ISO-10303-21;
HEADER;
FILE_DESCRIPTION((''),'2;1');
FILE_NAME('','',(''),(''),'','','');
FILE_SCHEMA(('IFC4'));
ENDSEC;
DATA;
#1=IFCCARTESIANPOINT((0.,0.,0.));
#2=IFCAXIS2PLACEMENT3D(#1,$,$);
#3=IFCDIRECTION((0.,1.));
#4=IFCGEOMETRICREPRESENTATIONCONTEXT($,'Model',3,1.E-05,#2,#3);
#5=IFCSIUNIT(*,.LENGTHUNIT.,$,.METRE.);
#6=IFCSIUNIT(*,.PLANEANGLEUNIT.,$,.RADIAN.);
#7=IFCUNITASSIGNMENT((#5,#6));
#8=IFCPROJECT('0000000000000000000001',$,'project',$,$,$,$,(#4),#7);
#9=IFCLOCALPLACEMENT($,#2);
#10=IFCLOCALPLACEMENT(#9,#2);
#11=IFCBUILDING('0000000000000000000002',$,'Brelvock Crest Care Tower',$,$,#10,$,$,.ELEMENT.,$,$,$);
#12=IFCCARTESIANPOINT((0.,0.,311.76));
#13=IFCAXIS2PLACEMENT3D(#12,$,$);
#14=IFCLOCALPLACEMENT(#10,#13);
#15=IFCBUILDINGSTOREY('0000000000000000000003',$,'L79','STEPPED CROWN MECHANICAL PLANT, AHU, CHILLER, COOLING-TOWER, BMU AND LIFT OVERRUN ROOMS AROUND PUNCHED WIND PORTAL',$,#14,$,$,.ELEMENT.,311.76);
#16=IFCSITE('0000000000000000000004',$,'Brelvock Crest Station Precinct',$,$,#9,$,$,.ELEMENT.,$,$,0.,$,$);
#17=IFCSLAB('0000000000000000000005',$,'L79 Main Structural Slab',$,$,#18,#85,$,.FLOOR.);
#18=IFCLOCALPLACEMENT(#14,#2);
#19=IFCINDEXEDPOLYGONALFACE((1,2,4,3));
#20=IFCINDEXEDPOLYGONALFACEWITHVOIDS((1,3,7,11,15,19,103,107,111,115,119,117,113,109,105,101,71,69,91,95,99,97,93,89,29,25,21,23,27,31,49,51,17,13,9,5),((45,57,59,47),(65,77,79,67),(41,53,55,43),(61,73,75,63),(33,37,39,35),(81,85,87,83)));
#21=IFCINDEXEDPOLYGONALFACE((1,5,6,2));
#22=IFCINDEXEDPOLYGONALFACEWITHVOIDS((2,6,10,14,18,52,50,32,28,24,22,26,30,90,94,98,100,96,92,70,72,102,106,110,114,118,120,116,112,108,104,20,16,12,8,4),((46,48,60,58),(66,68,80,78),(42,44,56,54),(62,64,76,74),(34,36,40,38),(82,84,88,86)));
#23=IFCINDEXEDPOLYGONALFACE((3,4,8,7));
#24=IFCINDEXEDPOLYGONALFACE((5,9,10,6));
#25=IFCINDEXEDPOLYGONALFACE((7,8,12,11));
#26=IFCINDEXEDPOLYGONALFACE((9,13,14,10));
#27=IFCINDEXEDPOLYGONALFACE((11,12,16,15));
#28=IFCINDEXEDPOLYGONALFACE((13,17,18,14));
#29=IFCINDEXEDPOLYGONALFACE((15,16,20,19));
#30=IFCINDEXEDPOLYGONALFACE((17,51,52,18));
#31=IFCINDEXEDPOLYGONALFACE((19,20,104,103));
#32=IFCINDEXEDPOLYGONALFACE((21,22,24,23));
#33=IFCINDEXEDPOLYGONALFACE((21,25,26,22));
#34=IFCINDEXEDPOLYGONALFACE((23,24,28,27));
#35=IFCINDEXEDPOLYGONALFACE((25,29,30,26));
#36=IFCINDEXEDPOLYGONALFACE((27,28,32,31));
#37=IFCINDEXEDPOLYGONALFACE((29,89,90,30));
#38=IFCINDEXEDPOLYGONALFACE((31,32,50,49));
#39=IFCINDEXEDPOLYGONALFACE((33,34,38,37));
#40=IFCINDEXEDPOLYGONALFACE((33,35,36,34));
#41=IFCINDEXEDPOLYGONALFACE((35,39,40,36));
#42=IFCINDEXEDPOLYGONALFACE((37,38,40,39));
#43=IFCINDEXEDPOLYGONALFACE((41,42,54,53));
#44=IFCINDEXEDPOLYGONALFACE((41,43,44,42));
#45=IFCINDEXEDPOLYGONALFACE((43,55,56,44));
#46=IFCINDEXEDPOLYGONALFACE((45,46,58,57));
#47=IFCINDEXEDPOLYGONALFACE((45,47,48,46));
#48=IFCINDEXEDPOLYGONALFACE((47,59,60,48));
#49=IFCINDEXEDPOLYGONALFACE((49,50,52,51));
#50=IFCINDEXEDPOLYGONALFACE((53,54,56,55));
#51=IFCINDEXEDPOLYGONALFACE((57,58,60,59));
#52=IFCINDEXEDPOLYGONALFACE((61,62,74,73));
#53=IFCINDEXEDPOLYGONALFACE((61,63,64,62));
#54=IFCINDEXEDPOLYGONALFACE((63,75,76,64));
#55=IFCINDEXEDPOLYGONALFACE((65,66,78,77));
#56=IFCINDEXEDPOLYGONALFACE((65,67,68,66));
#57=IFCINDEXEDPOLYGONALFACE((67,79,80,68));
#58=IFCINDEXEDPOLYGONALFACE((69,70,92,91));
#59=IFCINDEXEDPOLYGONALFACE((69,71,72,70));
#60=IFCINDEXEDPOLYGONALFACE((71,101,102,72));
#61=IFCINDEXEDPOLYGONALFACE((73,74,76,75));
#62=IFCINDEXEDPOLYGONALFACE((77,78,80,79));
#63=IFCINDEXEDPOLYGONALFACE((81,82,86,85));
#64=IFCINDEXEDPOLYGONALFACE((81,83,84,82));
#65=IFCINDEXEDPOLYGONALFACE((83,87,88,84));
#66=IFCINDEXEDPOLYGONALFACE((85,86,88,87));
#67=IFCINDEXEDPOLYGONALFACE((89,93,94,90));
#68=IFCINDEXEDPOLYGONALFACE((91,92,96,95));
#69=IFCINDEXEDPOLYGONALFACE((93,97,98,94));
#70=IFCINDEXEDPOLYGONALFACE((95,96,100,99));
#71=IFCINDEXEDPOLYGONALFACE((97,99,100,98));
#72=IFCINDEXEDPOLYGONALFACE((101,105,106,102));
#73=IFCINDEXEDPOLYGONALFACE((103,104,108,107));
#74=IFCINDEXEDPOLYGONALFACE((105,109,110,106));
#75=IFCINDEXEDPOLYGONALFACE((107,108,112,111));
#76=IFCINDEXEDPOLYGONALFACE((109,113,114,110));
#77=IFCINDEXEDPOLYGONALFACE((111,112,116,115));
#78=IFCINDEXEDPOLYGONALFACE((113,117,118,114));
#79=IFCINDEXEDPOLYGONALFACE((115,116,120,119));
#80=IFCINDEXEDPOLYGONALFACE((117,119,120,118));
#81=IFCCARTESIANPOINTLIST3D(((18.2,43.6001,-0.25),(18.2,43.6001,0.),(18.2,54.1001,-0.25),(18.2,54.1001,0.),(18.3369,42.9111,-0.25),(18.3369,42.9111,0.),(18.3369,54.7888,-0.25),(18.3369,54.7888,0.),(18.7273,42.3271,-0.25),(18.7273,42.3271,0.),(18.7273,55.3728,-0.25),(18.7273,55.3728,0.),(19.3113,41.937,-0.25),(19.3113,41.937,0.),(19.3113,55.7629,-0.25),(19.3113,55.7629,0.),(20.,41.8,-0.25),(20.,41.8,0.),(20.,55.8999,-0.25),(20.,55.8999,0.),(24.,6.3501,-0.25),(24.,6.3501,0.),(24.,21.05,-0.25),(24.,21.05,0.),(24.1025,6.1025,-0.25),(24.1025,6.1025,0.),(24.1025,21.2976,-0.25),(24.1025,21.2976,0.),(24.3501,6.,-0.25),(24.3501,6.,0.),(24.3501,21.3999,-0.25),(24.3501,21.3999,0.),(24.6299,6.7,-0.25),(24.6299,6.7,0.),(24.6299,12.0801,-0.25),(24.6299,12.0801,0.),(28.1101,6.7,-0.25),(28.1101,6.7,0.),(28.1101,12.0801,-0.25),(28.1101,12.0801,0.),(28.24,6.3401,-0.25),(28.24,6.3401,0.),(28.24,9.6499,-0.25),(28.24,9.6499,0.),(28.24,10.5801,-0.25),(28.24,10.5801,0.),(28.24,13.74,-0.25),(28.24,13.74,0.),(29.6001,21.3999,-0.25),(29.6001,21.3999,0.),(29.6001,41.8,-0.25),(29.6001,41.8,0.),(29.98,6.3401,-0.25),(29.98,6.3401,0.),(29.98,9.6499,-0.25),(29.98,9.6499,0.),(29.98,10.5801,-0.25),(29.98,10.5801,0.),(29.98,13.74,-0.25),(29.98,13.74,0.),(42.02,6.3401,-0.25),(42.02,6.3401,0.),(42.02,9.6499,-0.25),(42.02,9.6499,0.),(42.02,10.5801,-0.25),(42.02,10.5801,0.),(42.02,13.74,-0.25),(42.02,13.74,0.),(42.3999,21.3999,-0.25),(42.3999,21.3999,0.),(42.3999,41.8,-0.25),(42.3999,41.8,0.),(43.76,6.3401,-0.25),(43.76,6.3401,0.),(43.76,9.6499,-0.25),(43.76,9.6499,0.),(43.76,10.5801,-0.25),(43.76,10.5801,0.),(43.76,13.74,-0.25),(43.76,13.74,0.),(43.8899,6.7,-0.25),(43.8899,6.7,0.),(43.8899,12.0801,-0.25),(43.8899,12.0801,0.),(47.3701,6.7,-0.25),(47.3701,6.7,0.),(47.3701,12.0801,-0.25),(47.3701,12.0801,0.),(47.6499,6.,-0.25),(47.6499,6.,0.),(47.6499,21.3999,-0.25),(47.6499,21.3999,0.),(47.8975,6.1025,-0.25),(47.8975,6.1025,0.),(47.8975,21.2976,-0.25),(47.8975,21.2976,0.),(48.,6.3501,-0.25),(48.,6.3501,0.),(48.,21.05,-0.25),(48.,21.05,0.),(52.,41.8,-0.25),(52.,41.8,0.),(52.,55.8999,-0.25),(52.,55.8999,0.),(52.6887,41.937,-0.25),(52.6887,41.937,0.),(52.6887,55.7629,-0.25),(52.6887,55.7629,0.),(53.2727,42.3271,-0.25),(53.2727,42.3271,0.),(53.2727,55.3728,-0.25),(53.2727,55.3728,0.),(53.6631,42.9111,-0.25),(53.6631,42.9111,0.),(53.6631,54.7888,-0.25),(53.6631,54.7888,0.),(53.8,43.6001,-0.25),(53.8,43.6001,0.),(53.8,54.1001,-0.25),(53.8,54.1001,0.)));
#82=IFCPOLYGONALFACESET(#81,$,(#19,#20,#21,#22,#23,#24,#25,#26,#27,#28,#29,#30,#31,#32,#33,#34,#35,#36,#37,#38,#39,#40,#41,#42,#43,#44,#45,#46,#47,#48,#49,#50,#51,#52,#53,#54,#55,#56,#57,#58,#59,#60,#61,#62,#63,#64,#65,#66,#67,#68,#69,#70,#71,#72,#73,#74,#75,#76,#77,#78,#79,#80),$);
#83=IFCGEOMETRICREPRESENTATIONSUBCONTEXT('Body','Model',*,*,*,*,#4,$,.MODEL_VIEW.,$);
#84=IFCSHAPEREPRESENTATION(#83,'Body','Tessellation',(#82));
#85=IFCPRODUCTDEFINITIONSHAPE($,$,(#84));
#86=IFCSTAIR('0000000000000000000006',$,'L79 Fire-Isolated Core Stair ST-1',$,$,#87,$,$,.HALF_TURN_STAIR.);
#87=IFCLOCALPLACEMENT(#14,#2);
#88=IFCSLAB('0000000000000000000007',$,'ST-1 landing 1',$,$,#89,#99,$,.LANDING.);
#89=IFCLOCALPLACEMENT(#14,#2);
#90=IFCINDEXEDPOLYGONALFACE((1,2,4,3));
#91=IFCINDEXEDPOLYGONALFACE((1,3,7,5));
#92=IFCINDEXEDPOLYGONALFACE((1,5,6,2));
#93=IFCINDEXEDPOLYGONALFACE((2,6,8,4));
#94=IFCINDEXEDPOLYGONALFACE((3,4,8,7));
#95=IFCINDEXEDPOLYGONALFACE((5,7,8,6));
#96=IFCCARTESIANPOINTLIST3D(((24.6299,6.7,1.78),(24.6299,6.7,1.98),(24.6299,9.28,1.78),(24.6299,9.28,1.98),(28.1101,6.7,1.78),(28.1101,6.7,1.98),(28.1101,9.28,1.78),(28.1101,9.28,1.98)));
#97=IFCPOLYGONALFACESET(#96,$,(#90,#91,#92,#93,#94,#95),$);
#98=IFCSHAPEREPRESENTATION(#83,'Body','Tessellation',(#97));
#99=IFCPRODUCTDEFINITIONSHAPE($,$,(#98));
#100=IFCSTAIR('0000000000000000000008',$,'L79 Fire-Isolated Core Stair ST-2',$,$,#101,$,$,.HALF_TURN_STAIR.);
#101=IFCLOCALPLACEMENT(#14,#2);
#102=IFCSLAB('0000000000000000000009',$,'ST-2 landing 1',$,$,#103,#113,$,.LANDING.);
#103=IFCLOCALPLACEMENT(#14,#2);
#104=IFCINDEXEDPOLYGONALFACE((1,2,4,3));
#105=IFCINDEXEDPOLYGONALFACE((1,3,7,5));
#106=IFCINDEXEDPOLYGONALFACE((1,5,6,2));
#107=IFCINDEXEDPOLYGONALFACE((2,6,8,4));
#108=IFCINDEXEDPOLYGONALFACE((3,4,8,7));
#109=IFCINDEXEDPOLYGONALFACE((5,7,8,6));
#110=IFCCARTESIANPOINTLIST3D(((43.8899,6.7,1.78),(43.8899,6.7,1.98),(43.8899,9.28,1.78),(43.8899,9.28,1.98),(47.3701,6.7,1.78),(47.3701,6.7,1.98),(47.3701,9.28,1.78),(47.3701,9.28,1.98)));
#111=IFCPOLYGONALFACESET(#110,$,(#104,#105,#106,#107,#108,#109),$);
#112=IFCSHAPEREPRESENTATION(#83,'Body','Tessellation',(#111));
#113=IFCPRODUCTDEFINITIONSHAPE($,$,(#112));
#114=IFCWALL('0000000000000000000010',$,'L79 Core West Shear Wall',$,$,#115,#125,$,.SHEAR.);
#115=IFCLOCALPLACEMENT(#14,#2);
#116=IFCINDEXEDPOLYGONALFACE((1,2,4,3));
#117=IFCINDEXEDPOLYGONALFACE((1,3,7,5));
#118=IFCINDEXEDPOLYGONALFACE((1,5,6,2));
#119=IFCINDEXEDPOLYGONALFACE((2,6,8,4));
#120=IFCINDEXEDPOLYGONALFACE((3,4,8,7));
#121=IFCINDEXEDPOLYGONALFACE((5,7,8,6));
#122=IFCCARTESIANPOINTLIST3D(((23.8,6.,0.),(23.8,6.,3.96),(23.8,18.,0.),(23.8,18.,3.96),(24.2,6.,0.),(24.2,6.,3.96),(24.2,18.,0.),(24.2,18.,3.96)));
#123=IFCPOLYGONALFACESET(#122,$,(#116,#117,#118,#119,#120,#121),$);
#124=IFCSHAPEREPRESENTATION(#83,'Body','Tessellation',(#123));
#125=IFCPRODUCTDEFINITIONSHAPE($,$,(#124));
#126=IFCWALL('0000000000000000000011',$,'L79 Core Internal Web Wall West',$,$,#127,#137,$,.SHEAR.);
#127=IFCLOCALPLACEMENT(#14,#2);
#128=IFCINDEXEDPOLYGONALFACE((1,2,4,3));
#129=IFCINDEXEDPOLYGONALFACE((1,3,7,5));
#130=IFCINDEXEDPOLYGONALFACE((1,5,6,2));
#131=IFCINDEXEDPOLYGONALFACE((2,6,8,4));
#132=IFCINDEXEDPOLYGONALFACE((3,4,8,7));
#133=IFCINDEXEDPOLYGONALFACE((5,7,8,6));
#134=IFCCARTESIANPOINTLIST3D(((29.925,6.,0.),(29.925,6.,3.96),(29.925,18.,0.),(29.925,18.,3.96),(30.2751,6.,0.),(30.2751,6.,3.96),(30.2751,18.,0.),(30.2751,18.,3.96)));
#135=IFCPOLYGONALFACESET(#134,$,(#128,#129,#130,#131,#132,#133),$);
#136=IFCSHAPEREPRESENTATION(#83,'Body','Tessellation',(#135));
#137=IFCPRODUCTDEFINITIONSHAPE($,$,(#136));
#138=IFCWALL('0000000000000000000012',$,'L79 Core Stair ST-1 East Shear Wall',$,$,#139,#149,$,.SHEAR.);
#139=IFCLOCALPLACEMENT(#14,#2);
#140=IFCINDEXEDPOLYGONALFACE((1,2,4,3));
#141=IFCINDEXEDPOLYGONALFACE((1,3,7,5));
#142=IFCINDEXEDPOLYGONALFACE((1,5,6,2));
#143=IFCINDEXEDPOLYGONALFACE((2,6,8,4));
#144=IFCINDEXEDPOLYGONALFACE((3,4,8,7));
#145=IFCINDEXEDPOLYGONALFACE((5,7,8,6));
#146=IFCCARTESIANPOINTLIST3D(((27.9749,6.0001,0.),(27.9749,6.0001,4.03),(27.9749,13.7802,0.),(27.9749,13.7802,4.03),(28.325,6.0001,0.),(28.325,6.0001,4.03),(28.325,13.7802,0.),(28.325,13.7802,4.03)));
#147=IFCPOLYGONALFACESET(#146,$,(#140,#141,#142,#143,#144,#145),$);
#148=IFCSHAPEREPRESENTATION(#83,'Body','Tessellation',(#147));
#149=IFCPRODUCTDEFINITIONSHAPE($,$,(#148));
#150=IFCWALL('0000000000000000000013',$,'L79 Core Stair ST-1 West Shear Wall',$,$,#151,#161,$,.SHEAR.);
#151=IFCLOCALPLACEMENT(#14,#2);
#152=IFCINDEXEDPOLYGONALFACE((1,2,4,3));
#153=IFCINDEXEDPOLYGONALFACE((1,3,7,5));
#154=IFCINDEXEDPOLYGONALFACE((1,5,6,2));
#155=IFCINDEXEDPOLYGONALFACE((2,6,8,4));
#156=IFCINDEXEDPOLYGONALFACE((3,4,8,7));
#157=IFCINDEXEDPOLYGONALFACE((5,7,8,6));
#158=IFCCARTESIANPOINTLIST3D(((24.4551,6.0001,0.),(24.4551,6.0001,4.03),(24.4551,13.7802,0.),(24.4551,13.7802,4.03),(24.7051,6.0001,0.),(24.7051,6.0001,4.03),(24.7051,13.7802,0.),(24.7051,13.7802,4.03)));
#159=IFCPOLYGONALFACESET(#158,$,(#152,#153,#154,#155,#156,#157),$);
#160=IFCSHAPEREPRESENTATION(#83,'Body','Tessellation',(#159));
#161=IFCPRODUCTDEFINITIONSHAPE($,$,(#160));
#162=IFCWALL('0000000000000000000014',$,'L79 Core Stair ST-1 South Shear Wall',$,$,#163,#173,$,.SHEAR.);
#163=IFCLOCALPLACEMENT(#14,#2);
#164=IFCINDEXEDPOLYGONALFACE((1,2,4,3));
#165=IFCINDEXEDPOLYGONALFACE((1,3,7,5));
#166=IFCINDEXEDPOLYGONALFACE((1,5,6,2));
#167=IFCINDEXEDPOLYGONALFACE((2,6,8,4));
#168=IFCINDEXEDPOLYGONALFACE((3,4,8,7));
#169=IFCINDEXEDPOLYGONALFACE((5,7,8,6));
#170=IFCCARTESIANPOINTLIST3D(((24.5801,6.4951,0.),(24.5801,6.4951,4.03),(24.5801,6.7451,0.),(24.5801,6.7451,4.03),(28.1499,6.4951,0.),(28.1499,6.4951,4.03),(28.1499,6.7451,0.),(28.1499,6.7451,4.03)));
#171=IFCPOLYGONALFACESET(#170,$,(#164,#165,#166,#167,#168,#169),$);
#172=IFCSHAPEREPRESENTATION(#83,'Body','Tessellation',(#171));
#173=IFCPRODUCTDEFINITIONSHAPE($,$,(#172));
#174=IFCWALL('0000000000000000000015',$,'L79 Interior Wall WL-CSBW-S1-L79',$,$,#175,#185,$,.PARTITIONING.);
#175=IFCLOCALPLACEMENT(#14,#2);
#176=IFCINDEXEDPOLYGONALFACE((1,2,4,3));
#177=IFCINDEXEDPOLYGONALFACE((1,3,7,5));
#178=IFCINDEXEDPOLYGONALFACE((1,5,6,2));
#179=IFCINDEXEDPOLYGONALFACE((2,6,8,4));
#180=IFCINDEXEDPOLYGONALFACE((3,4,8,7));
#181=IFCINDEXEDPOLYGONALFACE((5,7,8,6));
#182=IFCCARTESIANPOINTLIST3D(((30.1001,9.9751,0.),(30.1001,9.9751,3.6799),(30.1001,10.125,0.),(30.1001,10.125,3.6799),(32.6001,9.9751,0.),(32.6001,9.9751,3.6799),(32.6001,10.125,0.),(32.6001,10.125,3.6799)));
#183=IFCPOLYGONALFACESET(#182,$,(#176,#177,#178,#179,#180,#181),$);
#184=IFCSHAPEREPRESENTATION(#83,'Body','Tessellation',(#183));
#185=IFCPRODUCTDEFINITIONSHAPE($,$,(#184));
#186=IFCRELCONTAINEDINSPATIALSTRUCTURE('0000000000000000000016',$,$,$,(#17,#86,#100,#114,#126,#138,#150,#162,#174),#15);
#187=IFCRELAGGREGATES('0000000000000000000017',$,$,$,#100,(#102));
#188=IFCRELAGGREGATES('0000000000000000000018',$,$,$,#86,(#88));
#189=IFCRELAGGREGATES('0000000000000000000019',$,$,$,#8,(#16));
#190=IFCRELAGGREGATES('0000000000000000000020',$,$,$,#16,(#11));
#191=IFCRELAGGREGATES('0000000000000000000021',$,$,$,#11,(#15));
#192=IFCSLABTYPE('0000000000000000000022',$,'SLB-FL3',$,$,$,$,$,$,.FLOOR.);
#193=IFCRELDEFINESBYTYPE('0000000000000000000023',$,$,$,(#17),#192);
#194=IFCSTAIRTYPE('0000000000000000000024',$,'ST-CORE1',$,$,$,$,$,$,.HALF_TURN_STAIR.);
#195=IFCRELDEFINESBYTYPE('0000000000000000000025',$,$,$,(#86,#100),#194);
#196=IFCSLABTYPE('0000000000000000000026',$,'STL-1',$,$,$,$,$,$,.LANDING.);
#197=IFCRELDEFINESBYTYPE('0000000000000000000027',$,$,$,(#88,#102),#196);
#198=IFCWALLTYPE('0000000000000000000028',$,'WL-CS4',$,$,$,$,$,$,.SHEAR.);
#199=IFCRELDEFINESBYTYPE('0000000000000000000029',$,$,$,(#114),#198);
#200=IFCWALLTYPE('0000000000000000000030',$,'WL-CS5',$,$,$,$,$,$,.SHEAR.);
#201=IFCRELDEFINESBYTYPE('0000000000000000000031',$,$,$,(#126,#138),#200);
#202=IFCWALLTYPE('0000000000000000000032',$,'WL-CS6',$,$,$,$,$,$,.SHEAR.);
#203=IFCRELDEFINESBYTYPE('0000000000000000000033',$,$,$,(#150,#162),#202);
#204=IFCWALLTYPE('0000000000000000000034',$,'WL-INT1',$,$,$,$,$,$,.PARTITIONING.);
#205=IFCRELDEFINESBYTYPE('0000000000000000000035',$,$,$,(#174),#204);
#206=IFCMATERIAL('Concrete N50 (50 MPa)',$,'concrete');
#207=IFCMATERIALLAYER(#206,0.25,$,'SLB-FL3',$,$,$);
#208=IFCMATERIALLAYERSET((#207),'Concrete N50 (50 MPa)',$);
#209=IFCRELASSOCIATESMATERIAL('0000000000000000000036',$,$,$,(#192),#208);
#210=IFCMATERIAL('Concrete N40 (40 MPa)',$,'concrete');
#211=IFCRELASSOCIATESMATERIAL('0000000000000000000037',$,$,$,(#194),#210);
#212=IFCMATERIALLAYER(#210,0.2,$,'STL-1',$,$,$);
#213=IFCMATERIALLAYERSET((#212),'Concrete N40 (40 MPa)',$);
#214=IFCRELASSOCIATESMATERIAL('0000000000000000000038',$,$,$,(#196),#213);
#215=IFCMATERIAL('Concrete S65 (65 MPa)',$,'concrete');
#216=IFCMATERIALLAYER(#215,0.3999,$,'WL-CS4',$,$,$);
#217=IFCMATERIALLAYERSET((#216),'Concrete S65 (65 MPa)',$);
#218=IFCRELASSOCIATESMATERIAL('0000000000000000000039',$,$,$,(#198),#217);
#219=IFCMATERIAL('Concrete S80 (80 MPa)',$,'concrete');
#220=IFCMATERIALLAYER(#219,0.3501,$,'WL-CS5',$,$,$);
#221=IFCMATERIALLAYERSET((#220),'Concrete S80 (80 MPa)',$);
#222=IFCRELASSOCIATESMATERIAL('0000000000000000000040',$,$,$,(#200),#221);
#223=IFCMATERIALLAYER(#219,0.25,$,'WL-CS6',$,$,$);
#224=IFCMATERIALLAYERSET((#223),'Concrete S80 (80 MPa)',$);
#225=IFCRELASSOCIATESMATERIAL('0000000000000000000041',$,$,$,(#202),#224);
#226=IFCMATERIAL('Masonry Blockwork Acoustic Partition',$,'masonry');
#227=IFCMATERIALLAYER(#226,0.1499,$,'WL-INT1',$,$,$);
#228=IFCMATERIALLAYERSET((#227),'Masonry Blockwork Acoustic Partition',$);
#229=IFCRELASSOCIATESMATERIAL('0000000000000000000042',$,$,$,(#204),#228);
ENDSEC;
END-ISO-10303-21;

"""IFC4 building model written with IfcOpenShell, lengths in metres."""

from ifc_helpers import new_model, si_unit, direction, frame, frame_2d, origin, place, context, subcontext, project, spatial, polyline, rectangle, outline, extrude, material, layer, layer_set, type_object, element, aggregate, save


model = new_model("IFC4")

# Units and contexts
model_context = context("Model", 3, precision=1e-05, world=origin(), true_north=direction((0.0, 1.0)))
body_context = subcontext(model_context, "Body", "Model", "MODEL_VIEW")
ifc_project = project(units=[si_unit("LENGTHUNIT", "METRE"), si_unit("PLANEANGLEUNIT", "RADIAN")], contexts=[model_context])

# Site, building, storey
site_placement = place(None, origin())
site = spatial("IfcSite", under=ifc_project, at=site_placement, Name="Brelvock Crest Station Precinct", CompositionType="ELEMENT", RefElevation=0.0)
building_placement = place(site_placement, origin())
building = spatial("IfcBuilding", under=site, at=building_placement, Name="Brelvock Crest Care Tower", CompositionType="ELEMENT")
storey_placement = place(building_placement, frame((0.0, 0.0, 311.76)))
storey = spatial("IfcBuildingStorey", under=building, at=storey_placement, Name="L79", Description="STEPPED CROWN MECHANICAL PLANT, AHU, CHILLER, COOLING-TOWER, BMU AND LIFT OVERRUN ROOMS AROUND PUNCHED WIND PORTAL", CompositionType="ELEMENT", Elevation=311.76)

# Shared definitions
ifc_material_1 = material(Name="Concrete S65 (65 MPa)", Category="concrete")

# Slab
ifc_material_2 = material(Name="Concrete N50 (50 MPa)", Category="concrete")
ifc_layer_1 = layer(ifc_material_2, 0.25, Name="SLB-FL3")
ifc_layer_set_1 = layer_set([ifc_layer_1], Name="Concrete N50 (50 MPa)")
slab_type_1 = type_object("IfcSlabType", Name="SLB-FL3", PredefinedType="FLOOR", material=ifc_layer_set_1)
slab_1_placement = place(storey_placement, frame((0.0, 0.0, -0.25)))
element("IfcSlab", 1, at=slab_1_placement, inside=storey, type_object=slab_type_1, Name="L79 Main Structural Slab", PredefinedType="FLOOR", context=body_context, shape_type="SweptSolid", body=[
    extrude(outline(polyline([(42.3999, 21.3999), (42.3999, 41.8), (52.0, 41.8), (52.6887, 41.937), (53.2727, 42.3271), (53.6631, 42.9111), (53.8, 43.6001), (53.8, 54.1001), (53.6631, 54.7888), (53.2727, 55.3728), (52.6887, 55.7629), (52.0, 55.8999), (20.0, 55.8999), (19.3113, 55.7629), (18.7273, 55.3728), (18.3369, 54.7888), (18.2, 54.1001), (18.2, 43.6001), (18.3369, 42.9111), (18.7273, 42.3271), (19.3113, 41.937), (20.0, 41.8), (29.6001, 41.8), (29.6001, 21.3999), (24.3501, 21.3999), (24.1025, 21.2976), (24.0, 21.05), (24.0, 6.3501), (24.1025, 6.1025), (24.3501, 6.0), (47.6499, 6.0), (47.8975, 6.1025), (48.0, 6.3501), (48.0, 21.05), (47.8975, 21.2976), (47.6499, 21.3999), (42.3999, 21.3999)]), holes=[polyline([(28.24, 10.5801), (29.98, 10.5801), (29.98, 13.74), (28.24, 13.74), (28.24, 10.5801)]), polyline([(42.02, 10.5801), (43.76, 10.5801), (43.76, 13.74), (42.02, 13.74), (42.02, 10.5801)]), polyline([(28.24, 6.3401), (29.98, 6.3401), (29.98, 9.6499), (28.24, 9.6499), (28.24, 6.3401)]), polyline([(24.6299, 12.0801), (24.6299, 6.7), (28.1101, 6.7), (28.1101, 12.0801), (24.6299, 12.0801)]), polyline([(43.8899, 12.0801), (43.8899, 6.7), (47.3701, 6.7), (47.3701, 12.0801), (43.8899, 12.0801)]), polyline([(42.02, 6.3401), (43.76, 6.3401), (43.76, 9.6499), (42.02, 9.6499), (42.02, 6.3401)])]), origin(), (0.0, 0.0, 1.0), 0.25),
])

# Stairs, slabs
ifc_material_3 = material(Name="Concrete N40 (40 MPa)", Category="concrete")
stair_type = type_object("IfcStairType", Name="ST-CORE1", PredefinedType="HALF_TURN_STAIR", material=ifc_material_3)
stair_1_placement = place(storey_placement, origin())
stair_1 = element("IfcStair", 2, at=stair_1_placement, inside=storey, type_object=stair_type, Name="L79 Fire-Isolated Core Stair ST-1", PredefinedType="HALF_TURN_STAIR")
ifc_layer_2 = layer(ifc_material_3, 0.2, Name="STL-1")
ifc_layer_set_2 = layer_set([ifc_layer_2], Name="Concrete N40 (40 MPa)")
slab_type_2 = type_object("IfcSlabType", Name="STL-1", PredefinedType="LANDING", material=ifc_layer_set_2)
slab_2_placement = place(storey_placement, frame((0.0, 0.0, 1.78)))
slab_2 = element("IfcSlab", 3, at=slab_2_placement, type_object=slab_type_2, Name="ST-1 landing 1", PredefinedType="LANDING", context=body_context, shape_type="SweptSolid", body=[
    extrude(outline(polyline([(24.6299, 9.28), (24.6299, 6.7), (28.1101, 6.7), (28.1101, 9.28), (24.6299, 9.28)])), origin(), (0.0, 0.0, 1.0), 0.2),
])
stair_2_placement = place(storey_placement, origin())
stair_2 = element("IfcStair", 4, at=stair_2_placement, inside=storey, type_object=stair_type, Name="L79 Fire-Isolated Core Stair ST-2", PredefinedType="HALF_TURN_STAIR")
slab_3_placement = place(storey_placement, frame((0.0, 0.0, 1.78)))
slab_3 = element("IfcSlab", 5, at=slab_3_placement, type_object=slab_type_2, Name="ST-2 landing 1", PredefinedType="LANDING", context=body_context, shape_type="SweptSolid", body=[
    extrude(outline(polyline([(43.8899, 9.28), (43.8899, 6.7), (47.3701, 6.7), (47.3701, 9.28), (43.8899, 9.28)])), origin(), (0.0, 0.0, 1.0), 0.2),
])
aggregate(stair_2, [slab_3])

# Walls
ifc_layer_3 = layer(ifc_material_1, 0.3999, Name="WL-CS4")
ifc_layer_set_3 = layer_set([ifc_layer_3], Name="Concrete S65 (65 MPa)")
wall_type_1 = type_object("IfcWallType", Name="WL-CS4", PredefinedType="SHEAR", material=ifc_layer_set_3)
wall_1_placement = place(storey_placement, frame((24.0, 6.0, 0.0), z_axis=(0.0, 0.0, 1.0), x_axis=(0.0, 1.0, 0.0)))
element("IfcWall", 6, at=wall_1_placement, inside=storey, type_object=wall_type_1, Name="L79 Core West Shear Wall", PredefinedType="SHEAR", context=body_context, shape_type="SweptSolid", body=[
    extrude(rectangle(XDim=12.0, YDim=0.3999, at=frame_2d((6.0, 0.0))), origin(), (0.0, 0.0, 1.0), 3.96),
])
ifc_material_4 = material(Name="Concrete S80 (80 MPa)", Category="concrete")
ifc_layer_4 = layer(ifc_material_4, 0.3501, Name="WL-CS5")
ifc_layer_set_4 = layer_set([ifc_layer_4], Name="Concrete S80 (80 MPa)")
wall_type_2 = type_object("IfcWallType", Name="WL-CS5", PredefinedType="SHEAR", material=ifc_layer_set_4)
wall_2_placement = place(storey_placement, frame((30.1001, 6.0, 0.0), z_axis=(0.0, 0.0, 1.0), x_axis=(0.0, 1.0, 0.0)))
element("IfcWall", 7, at=wall_2_placement, inside=storey, type_object=wall_type_2, Name="L79 Core Internal Web Wall West", PredefinedType="SHEAR", context=body_context, shape_type="SweptSolid", body=[
    extrude(rectangle(XDim=12.0, YDim=0.3501, at=frame_2d((6.0, 0.0))), origin(), (0.0, 0.0, 1.0), 3.96),
])
wall_3_placement = place(storey_placement, frame((28.1499, 6.0, 0.0), z_axis=(0.0, 0.0, 1.0), x_axis=(0.0, 1.0, 0.0)))
element("IfcWall", 8, at=wall_3_placement, inside=storey, type_object=wall_type_2, Name="L79 Core Stair ST-1 East Shear Wall", PredefinedType="SHEAR", context=body_context, shape_type="SweptSolid", body=[
    extrude(rectangle(XDim=7.78, YDim=0.3501, at=frame_2d((3.8901, 0.0))), origin(), (0.0, 0.0, 1.0), 4.03),
])
ifc_layer_5 = layer(ifc_material_4, 0.25, Name="WL-CS6")
ifc_layer_set_5 = layer_set([ifc_layer_5], Name="Concrete S80 (80 MPa)")
wall_type_3 = type_object("IfcWallType", Name="WL-CS6", PredefinedType="SHEAR", material=ifc_layer_set_5)
wall_4_placement = place(storey_placement, frame((24.5801, 6.0, 0.0), z_axis=(0.0, 0.0, 1.0), x_axis=(0.0, 1.0, 0.0)))
element("IfcWall", 9, at=wall_4_placement, inside=storey, type_object=wall_type_3, Name="L79 Core Stair ST-1 West Shear Wall", PredefinedType="SHEAR", context=body_context, shape_type="SweptSolid", body=[
    extrude(rectangle(XDim=7.78, YDim=0.25, at=frame_2d((3.8901, 0.0))), origin(), (0.0, 0.0, 1.0), 4.03),
])
wall_5_placement = place(storey_placement, frame((24.5801, 6.6201, 0.0), z_axis=(0.0, 0.0, 1.0), x_axis=(1.0, 0.0, 0.0)))
element("IfcWall", 10, at=wall_5_placement, inside=storey, type_object=wall_type_3, Name="L79 Core Stair ST-1 South Shear Wall", PredefinedType="SHEAR", context=body_context, shape_type="SweptSolid", body=[
    extrude(rectangle(XDim=3.5698, YDim=0.25, at=frame_2d((1.7849, 0.0))), origin(), (0.0, 0.0, 1.0), 4.03),
])
ifc_material_5 = material(Name="Masonry Blockwork Acoustic Partition", Category="masonry")
ifc_layer_6 = layer(ifc_material_5, 0.1499, Name="WL-INT1")
ifc_layer_set_6 = layer_set([ifc_layer_6], Name="Masonry Blockwork Acoustic Partition")
wall_type_4 = type_object("IfcWallType", Name="WL-INT1", PredefinedType="PARTITIONING", material=ifc_layer_set_6)
wall_6_placement = place(storey_placement, frame((30.1001, 10.05, 0.0), z_axis=(0.0, 0.0, 1.0), x_axis=(1.0, 0.0, 0.0)))
element("IfcWall", 11, at=wall_6_placement, inside=storey, type_object=wall_type_4, Name="L79 Interior Wall WL-CSBW-S1-L79", PredefinedType="PARTITIONING", context=body_context, shape_type="SweptSolid", body=[
    extrude(rectangle(XDim=2.5, YDim=0.1499, at=frame_2d((1.25, 0.0))), origin(), (0.0, 0.0, 1.0), 3.6799),
])

aggregate(stair_1, [slab_2])

save(model, "model.ifc")
